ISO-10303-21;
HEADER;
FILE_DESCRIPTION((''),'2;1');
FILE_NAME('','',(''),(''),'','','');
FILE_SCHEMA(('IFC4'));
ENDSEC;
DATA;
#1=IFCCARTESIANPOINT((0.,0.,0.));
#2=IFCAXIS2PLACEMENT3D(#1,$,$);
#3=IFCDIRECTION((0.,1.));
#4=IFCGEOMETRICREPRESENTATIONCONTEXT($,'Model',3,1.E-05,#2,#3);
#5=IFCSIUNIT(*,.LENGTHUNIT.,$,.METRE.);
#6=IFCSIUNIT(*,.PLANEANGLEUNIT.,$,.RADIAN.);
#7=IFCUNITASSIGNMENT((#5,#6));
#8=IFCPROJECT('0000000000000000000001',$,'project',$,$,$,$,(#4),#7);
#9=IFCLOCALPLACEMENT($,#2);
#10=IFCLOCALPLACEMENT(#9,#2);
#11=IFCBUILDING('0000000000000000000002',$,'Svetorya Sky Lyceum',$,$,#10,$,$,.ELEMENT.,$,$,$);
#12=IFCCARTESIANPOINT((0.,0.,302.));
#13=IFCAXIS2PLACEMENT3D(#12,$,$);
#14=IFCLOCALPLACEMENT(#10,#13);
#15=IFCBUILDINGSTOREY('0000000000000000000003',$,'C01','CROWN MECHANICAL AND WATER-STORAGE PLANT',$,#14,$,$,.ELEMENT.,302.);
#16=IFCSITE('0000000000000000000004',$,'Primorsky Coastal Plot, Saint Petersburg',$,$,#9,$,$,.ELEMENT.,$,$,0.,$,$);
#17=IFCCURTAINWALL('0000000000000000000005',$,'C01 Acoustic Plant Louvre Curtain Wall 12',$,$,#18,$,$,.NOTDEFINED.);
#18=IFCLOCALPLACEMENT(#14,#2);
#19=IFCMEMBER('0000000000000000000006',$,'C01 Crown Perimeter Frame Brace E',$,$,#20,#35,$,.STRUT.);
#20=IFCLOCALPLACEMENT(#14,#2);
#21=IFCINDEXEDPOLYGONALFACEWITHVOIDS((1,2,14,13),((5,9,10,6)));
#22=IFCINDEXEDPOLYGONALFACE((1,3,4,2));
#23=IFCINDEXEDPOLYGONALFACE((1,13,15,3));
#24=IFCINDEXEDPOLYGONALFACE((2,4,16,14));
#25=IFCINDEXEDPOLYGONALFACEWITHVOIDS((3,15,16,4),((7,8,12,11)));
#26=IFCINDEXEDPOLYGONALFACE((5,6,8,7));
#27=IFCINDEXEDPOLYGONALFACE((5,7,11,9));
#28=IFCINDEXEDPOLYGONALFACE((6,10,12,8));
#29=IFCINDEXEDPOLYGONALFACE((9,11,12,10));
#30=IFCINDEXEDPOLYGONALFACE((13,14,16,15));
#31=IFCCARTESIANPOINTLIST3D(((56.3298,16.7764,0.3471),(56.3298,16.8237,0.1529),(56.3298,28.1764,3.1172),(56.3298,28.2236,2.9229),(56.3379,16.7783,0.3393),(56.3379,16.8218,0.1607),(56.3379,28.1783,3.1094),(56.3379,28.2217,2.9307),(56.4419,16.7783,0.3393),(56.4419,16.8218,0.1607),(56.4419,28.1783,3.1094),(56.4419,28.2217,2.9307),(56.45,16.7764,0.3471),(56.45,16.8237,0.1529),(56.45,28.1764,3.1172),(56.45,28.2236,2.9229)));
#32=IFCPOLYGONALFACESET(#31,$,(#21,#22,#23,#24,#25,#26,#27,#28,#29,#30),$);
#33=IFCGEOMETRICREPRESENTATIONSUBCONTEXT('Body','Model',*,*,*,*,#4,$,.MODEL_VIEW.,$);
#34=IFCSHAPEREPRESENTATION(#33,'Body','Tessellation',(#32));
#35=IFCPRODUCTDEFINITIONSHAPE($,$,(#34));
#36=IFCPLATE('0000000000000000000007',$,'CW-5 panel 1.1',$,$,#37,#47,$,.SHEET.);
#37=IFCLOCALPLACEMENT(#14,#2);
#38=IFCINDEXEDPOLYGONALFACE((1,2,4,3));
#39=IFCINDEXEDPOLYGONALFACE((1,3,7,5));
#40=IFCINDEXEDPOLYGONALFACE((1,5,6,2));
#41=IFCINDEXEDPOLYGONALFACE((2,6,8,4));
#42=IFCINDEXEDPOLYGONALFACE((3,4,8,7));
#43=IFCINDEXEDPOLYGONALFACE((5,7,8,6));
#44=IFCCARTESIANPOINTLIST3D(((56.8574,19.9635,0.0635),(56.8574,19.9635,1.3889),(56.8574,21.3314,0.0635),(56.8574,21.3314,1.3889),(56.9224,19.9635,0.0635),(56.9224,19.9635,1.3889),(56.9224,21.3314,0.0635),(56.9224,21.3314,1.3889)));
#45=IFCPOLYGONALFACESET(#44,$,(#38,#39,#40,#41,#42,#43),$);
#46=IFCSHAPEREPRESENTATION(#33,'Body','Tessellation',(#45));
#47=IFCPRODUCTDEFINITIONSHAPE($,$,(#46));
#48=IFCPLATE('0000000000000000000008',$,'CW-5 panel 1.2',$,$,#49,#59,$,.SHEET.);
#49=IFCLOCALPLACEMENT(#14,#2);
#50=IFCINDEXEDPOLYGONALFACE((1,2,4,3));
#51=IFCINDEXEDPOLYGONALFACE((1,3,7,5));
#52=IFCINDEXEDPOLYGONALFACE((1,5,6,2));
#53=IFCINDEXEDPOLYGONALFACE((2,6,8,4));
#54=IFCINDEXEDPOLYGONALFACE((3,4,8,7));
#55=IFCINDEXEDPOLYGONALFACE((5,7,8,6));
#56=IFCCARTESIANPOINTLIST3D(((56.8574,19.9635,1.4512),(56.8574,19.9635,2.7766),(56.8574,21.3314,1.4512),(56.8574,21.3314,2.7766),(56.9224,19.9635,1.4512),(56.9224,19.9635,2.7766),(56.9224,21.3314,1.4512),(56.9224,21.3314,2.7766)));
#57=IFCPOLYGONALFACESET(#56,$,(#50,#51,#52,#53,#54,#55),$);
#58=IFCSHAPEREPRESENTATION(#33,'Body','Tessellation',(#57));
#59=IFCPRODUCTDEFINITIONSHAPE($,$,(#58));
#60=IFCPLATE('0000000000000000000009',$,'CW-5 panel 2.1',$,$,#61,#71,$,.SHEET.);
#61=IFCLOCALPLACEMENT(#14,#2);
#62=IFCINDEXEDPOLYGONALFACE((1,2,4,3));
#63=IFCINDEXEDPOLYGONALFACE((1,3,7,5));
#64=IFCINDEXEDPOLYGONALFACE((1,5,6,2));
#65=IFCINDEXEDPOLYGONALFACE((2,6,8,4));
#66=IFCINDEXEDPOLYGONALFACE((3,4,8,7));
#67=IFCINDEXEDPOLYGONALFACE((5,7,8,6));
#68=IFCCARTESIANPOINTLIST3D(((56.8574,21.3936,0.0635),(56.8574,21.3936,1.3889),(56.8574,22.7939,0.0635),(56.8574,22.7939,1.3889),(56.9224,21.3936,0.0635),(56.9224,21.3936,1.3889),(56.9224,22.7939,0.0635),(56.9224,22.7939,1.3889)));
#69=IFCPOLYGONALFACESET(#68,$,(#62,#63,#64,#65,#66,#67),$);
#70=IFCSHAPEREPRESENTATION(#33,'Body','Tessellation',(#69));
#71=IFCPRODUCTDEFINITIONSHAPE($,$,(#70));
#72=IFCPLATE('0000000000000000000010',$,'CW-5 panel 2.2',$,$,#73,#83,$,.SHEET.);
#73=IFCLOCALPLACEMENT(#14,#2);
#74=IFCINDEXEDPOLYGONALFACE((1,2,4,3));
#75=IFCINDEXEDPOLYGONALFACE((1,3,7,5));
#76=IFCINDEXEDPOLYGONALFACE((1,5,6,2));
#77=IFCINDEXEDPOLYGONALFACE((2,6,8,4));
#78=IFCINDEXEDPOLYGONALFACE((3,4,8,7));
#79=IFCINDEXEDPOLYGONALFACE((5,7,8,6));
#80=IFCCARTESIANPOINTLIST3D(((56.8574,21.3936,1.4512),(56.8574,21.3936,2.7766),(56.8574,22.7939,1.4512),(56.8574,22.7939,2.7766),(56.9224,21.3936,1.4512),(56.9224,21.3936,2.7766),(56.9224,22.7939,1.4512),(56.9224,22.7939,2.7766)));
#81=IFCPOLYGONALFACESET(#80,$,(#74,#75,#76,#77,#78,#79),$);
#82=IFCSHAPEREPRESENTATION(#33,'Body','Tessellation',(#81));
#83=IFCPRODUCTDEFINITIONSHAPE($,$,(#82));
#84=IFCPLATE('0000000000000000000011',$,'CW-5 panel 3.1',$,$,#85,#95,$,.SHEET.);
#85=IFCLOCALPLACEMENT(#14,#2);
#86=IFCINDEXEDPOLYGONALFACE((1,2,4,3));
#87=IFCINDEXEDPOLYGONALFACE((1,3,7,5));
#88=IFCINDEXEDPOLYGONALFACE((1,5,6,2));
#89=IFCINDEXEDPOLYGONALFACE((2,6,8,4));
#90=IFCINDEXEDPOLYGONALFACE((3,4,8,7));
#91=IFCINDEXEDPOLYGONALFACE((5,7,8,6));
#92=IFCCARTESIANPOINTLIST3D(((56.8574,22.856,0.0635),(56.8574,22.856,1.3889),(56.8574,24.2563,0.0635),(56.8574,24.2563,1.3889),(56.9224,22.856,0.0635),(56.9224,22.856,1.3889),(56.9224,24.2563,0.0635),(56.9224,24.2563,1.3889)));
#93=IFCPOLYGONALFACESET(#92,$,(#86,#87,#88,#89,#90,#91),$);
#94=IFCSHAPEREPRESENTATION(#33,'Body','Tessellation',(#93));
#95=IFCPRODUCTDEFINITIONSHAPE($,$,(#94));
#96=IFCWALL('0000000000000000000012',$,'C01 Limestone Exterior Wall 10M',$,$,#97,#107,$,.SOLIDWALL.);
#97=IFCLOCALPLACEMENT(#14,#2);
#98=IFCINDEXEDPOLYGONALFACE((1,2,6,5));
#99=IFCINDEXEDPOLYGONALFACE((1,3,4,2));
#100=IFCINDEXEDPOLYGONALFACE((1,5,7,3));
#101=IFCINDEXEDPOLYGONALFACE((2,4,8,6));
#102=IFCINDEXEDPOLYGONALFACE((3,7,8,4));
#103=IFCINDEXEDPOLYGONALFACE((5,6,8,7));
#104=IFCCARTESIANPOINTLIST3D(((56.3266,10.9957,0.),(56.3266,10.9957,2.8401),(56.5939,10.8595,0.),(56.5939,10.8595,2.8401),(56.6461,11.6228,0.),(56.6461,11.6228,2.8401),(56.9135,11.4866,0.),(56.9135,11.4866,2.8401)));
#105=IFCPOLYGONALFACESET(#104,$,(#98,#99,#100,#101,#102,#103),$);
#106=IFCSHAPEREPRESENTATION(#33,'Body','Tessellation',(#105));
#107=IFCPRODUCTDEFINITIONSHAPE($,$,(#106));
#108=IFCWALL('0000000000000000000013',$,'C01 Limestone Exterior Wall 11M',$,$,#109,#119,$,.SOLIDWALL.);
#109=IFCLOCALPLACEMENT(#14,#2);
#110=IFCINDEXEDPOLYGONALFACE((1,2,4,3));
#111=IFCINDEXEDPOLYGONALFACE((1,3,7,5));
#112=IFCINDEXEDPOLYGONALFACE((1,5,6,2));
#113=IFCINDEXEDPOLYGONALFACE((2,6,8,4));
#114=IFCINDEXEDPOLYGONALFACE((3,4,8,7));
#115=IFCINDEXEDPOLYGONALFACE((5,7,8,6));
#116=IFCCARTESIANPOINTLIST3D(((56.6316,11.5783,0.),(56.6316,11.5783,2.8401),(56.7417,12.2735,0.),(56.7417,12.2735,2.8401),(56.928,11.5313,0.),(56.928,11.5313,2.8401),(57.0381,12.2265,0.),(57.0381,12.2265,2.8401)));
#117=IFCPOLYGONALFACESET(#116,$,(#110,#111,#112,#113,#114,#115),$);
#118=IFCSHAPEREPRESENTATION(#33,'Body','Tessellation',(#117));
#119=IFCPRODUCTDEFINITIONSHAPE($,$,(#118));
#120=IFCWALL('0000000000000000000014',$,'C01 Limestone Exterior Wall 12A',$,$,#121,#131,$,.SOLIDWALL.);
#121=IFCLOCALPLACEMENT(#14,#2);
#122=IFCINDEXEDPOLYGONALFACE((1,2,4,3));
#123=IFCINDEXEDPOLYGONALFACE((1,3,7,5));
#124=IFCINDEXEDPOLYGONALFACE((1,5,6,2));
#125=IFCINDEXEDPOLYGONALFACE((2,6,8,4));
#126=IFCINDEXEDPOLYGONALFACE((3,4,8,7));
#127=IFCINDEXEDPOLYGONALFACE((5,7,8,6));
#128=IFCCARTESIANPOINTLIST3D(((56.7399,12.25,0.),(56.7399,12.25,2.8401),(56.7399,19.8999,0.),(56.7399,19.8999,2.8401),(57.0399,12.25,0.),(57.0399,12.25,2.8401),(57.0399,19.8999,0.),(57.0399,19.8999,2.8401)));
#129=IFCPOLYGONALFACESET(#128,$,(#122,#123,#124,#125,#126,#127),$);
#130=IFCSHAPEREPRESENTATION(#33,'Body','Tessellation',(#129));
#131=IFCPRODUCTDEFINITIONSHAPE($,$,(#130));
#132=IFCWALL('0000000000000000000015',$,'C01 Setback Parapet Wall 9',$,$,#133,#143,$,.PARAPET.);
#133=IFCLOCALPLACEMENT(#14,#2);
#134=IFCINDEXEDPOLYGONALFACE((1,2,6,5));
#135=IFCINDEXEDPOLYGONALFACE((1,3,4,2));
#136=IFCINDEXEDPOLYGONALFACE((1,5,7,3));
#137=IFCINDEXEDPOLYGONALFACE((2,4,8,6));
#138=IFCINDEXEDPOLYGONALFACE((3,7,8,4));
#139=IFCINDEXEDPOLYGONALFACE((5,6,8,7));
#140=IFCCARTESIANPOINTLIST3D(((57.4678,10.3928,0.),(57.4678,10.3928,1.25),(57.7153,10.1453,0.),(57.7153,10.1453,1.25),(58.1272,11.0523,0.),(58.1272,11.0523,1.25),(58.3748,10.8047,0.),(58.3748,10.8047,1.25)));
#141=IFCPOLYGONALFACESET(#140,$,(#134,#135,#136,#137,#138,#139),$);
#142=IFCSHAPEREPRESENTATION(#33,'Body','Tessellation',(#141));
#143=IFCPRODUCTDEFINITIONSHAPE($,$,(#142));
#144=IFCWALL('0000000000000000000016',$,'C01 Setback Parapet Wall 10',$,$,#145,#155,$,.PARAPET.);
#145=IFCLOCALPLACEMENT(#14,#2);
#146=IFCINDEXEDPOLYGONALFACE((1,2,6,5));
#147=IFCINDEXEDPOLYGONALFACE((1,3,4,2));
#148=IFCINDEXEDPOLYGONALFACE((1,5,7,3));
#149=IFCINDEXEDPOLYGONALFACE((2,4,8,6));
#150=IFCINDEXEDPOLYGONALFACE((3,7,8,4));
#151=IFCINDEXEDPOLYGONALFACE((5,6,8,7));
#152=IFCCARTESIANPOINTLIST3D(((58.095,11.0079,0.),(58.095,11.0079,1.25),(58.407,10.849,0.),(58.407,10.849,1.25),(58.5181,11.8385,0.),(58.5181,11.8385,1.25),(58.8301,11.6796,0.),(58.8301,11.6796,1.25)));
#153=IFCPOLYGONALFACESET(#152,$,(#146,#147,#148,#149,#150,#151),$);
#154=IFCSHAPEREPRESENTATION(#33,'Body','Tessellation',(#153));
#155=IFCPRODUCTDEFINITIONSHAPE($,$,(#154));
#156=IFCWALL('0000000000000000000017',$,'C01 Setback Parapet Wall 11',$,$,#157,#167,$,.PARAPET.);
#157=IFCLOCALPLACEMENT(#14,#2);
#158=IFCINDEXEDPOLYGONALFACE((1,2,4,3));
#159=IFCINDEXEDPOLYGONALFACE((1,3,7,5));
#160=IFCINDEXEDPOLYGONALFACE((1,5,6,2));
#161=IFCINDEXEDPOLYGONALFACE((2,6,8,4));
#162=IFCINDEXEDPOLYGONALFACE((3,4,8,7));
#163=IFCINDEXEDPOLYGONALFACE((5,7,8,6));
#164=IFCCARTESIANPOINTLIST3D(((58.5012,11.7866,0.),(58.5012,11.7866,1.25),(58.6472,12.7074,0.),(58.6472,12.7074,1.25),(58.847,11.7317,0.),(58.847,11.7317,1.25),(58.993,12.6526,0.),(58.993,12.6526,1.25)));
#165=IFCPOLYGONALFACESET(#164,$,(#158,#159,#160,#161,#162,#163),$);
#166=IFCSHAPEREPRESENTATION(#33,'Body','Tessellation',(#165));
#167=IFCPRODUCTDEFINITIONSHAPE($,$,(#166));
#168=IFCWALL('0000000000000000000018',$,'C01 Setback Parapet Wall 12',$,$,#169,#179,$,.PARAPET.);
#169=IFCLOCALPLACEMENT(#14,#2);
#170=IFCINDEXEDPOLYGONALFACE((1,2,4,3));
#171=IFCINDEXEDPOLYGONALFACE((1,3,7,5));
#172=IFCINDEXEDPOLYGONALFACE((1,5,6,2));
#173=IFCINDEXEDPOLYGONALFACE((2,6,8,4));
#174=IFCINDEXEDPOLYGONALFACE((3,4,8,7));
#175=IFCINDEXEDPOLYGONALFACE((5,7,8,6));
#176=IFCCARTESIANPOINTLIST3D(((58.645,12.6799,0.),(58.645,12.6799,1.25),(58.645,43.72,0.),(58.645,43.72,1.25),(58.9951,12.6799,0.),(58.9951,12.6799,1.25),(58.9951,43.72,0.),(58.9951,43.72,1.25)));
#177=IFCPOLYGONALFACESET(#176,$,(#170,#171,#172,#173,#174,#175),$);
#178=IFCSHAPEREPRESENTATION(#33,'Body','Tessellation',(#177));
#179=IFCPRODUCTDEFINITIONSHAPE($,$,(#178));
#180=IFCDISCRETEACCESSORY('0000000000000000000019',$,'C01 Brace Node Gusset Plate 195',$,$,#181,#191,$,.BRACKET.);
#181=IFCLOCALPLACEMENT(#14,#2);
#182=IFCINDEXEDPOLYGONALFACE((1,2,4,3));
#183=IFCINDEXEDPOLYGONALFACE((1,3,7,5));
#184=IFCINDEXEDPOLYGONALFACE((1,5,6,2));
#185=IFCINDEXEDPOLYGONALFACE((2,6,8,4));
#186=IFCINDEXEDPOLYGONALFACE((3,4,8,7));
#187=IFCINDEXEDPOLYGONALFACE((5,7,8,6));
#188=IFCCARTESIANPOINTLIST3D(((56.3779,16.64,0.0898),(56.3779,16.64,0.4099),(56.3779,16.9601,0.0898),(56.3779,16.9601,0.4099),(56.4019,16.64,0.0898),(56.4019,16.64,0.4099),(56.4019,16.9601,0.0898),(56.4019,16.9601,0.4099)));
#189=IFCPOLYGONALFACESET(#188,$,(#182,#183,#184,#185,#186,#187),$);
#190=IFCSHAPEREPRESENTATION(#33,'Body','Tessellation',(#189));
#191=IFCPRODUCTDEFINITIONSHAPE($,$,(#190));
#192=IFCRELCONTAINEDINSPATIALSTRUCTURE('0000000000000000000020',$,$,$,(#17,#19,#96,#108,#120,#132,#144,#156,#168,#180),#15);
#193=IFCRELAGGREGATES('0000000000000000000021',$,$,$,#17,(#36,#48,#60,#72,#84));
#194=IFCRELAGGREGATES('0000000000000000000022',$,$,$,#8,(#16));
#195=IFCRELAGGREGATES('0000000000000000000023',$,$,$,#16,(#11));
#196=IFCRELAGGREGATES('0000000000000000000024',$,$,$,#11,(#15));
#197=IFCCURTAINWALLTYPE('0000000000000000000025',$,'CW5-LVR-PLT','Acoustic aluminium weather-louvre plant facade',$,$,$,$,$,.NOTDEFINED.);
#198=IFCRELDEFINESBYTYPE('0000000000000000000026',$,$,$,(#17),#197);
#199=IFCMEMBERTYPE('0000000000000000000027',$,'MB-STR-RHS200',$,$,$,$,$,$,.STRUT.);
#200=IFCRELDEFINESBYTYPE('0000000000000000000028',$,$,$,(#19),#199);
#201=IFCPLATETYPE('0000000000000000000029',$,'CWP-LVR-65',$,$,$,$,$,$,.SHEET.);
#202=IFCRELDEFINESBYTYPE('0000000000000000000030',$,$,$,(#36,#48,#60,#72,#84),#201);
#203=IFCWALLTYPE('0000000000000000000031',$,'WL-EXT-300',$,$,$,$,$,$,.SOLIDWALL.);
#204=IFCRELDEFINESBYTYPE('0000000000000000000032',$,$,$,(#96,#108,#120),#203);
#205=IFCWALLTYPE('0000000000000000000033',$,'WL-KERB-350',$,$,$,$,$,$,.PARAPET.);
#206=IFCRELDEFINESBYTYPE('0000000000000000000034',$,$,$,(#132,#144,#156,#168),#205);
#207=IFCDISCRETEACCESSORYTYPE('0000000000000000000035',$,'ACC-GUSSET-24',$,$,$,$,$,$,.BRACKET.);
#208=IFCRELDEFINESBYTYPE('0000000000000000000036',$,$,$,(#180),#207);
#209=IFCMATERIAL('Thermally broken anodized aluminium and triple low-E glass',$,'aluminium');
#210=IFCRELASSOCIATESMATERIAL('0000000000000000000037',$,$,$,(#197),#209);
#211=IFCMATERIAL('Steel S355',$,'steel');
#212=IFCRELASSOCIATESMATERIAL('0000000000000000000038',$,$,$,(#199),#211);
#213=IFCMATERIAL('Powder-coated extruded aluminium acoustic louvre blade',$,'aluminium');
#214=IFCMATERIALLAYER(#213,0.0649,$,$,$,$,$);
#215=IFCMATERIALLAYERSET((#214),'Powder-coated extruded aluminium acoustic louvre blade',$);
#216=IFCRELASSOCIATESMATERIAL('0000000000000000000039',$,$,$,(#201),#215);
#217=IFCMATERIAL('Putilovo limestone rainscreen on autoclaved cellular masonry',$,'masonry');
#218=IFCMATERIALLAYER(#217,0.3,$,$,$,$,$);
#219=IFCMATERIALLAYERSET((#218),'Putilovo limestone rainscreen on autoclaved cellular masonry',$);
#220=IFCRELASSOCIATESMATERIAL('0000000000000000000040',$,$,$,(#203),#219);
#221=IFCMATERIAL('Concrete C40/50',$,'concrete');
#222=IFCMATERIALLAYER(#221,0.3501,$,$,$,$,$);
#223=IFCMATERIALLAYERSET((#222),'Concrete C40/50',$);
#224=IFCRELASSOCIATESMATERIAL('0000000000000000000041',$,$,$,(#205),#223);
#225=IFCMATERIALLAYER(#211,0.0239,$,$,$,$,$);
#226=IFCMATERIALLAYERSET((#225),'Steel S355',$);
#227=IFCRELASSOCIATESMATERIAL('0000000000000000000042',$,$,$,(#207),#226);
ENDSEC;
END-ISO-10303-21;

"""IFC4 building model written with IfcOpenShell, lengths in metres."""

from ifc_helpers import new_model, si_unit, direction, frame, frame_2d, origin, origin_2d, place, context, subcontext, project, spatial, rectangle, hollow_rectangle, extrude, material, layer, layer_set, material_profile, profile_set, type_object, element, aggregate, save


model = new_model("IFC4")

# Units and contexts
model_context = context("Model", 3, precision=1e-05, world=origin(), true_north=direction((0.0, 1.0)))
body_context = subcontext(model_context, "Body", "Model", "MODEL_VIEW")
ifc_project = project(units=[si_unit("LENGTHUNIT", "METRE"), si_unit("PLANEANGLEUNIT", "RADIAN")], contexts=[model_context])

# Site, building, storey
site_placement = place(None, origin())
site = spatial("IfcSite", under=ifc_project, at=site_placement, Name="Primorsky Coastal Plot, Saint Petersburg", CompositionType="ELEMENT", RefElevation=0.0)
building_placement = place(site_placement, origin())
building = spatial("IfcBuilding", under=site, at=building_placement, Name="Svetorya Sky Lyceum", CompositionType="ELEMENT")
storey_placement = place(building_placement, frame((0.0, 0.0, 302.0)))
storey = spatial("IfcBuildingStorey", under=building, at=storey_placement, Name="C01", Description="CROWN MECHANICAL AND WATER-STORAGE PLANT", CompositionType="ELEMENT", Elevation=302.0)

# Shared definitions
ifc_material_1 = material(Name="Steel S355", Category="steel")

# Curtain wall
ifc_material_2 = material(Name="Thermally broken anodized aluminium and triple low-E glass", Category="aluminium")
curtain_wall_type = type_object("IfcCurtainWallType", Name="CW5-LVR-PLT", Description="Acoustic aluminium weather-louvre plant facade", PredefinedType="NOTDEFINED", material=ifc_material_2)
curtain_wall_placement = place(storey_placement, origin())
curtain_wall = element("IfcCurtainWall", 1, at=curtain_wall_placement, inside=storey, type_object=curtain_wall_type, Name="C01 Acoustic Plant Louvre Curtain Wall 12", PredefinedType="NOTDEFINED")

# Member
ifc_material_profile_1 = material_profile(ifc_material_1, hollow_rectangle(XDim=0.1201, YDim=0.2, WallThickness=0.0081, at=origin_2d()), Name="RHS 200x120x8")
ifc_profile_set_1 = profile_set([ifc_material_profile_1], Name="Steel S355")
member_type_1 = type_object("IfcMemberType", Name="MB-STR-RHS200", PredefinedType="STRUT", material=ifc_profile_set_1)
member_1_placement = place(storey_placement, frame((56.3899, 16.8, 0.25), z_axis=(0.0, 0.971725, 0.236116), x_axis=(-1.0, 0.0, 0.0)))
element("IfcMember", 2, at=member_1_placement, inside=storey, type_object=member_type_1, Name="C01 Crown Perimeter Frame Brace E", PredefinedType="STRUT", context=body_context, shape_type="SweptSolid", body=[
    extrude(hollow_rectangle(XDim=0.1201, YDim=0.2, WallThickness=0.0081, at=origin_2d()), origin(), (0.0, 0.0, 1.0), 11.7317),
])

# Plates
ifc_material_3 = material(Name="Powder-coated extruded aluminium acoustic louvre blade", Category="aluminium")
ifc_layer_1 = layer(ifc_material_3, 0.0649)
ifc_layer_set_1 = layer_set([ifc_layer_1], Name="Powder-coated extruded aluminium acoustic louvre blade")
plate_type = type_object("IfcPlateType", Name="CWP-LVR-65", PredefinedType="SHEET", material=ifc_layer_set_1)
plate_1_placement = place(storey_placement, frame((56.8899, 20.6475, 0.0635), z_axis=(0.0, 0.0, 1.0), x_axis=(0.0, 1.0, 0.0)))
plate_1 = element("IfcPlate", 3, at=plate_1_placement, type_object=plate_type, Name="CW-5 panel 1.1", PredefinedType="SHEET", context=body_context, shape_type="SweptSolid", body=[
    extrude(rectangle(XDim=1.3679, YDim=0.0649, at=origin_2d()), origin(), (0.0, 0.0, 1.0), 1.3254),
])
plate_2_placement = place(storey_placement, frame((56.8899, 20.6475, 1.4512), z_axis=(0.0, 0.0, 1.0), x_axis=(0.0, 1.0, 0.0)))
plate_2 = element("IfcPlate", 4, at=plate_2_placement, type_object=plate_type, Name="CW-5 panel 1.2", PredefinedType="SHEET", context=body_context, shape_type="SweptSolid", body=[
    extrude(rectangle(XDim=1.3679, YDim=0.0649, at=origin_2d()), origin(), (0.0, 0.0, 1.0), 1.3254),
])
plate_3_placement = place(storey_placement, frame((56.8899, 22.0938, 0.0635), z_axis=(0.0, 0.0, 1.0), x_axis=(0.0, 1.0, 0.0)))
plate_3 = element("IfcPlate", 5, at=plate_3_placement, type_object=plate_type, Name="CW-5 panel 2.1", PredefinedType="SHEET", context=body_context, shape_type="SweptSolid", body=[
    extrude(rectangle(XDim=1.4004, YDim=0.0649, at=origin_2d()), origin(), (0.0, 0.0, 1.0), 1.3254),
])
plate_4_placement = place(storey_placement, frame((56.8899, 22.0938, 1.4512), z_axis=(0.0, 0.0, 1.0), x_axis=(0.0, 1.0, 0.0)))
plate_4 = element("IfcPlate", 6, at=plate_4_placement, type_object=plate_type, Name="CW-5 panel 2.2", PredefinedType="SHEET", context=body_context, shape_type="SweptSolid", body=[
    extrude(rectangle(XDim=1.4004, YDim=0.0649, at=origin_2d()), origin(), (0.0, 0.0, 1.0), 1.3254),
])
plate_5_placement = place(storey_placement, frame((56.8899, 23.5562, 0.0635), z_axis=(0.0, 0.0, 1.0), x_axis=(0.0, 1.0, 0.0)))
plate_5 = element("IfcPlate", 7, at=plate_5_placement, type_object=plate_type, Name="CW-5 panel 3.1", PredefinedType="SHEET", context=body_context, shape_type="SweptSolid", body=[
    extrude(rectangle(XDim=1.4004, YDim=0.0649, at=origin_2d()), origin(), (0.0, 0.0, 1.0), 1.3254),
])
aggregate(curtain_wall, [plate_1, plate_2, plate_3, plate_4, plate_5])

# Walls
ifc_material_4 = material(Name="Putilovo limestone rainscreen on autoclaved cellular masonry", Category="masonry")
ifc_layer_2 = layer(ifc_material_4, 0.3)
ifc_layer_set_2 = layer_set([ifc_layer_2], Name="Putilovo limestone rainscreen on autoclaved cellular masonry")
wall_type_1 = type_object("IfcWallType", Name="WL-EXT-300", PredefinedType="SOLIDWALL", material=ifc_layer_set_2)
for number, where, z_axis, x_axis, name in (
    (8, (56.4602, 10.9275, 0.0), (0.0, 0.0, 1.0), (0.453999, 0.891002, 0.0), "C01 Limestone Exterior Wall 10M"),
    (9, (56.7798, 11.5547, 0.0), (0.0, 0.0, 1.0), (0.156408, 0.987693, 0.0), "C01 Limestone Exterior Wall 11M"),
):
    element("IfcWall", number, at=place(storey_placement, frame(where, z_axis=z_axis, x_axis=x_axis)), inside=storey, type_object=wall_type_1, Name=name, PredefinedType="SOLIDWALL", context=body_context, shape_type="SweptSolid", body=[
        extrude(rectangle(XDim=0.7039, YDim=0.3, at=frame_2d((0.3521, 0.0))), origin(), (0.0, 0.0, 1.0), 2.8401),
    ])
wall_1_placement = place(storey_placement, frame((56.8899, 12.25, 0.0), z_axis=(0.0, 0.0, 1.0), x_axis=(0.0, 1.0, 0.0)))
element("IfcWall", 10, at=wall_1_placement, inside=storey, type_object=wall_type_1, Name="C01 Limestone Exterior Wall 12A", PredefinedType="SOLIDWALL", context=body_context, shape_type="SweptSolid", body=[
    extrude(rectangle(XDim=7.6499, YDim=0.3, at=frame_2d((3.825, 0.0))), origin(), (0.0, 0.0, 1.0), 2.8401),
])
ifc_material_5 = material(Name="Concrete C40/50", Category="concrete")
ifc_layer_3 = layer(ifc_material_5, 0.3501)
ifc_layer_set_3 = layer_set([ifc_layer_3], Name="Concrete C40/50")
wall_type_2 = type_object("IfcWallType", Name="WL-KERB-350", PredefinedType="PARAPET", material=ifc_layer_set_3)
wall_2_placement = place(storey_placement, frame((57.5916, 10.269, 0.0), z_axis=(0.0, 0.0, 1.0), x_axis=(0.707107, 0.707107, 0.0)))
element("IfcWall", 11, at=wall_2_placement, inside=storey, type_object=wall_type_2, Name="C01 Setback Parapet Wall 9", PredefinedType="PARAPET", context=body_context, shape_type="SweptSolid", body=[
    extrude(rectangle(XDim=0.9326, YDim=0.3501, at=frame_2d((0.4663, 0.0))), origin(), (0.0, 0.0, 1.0), 1.25),
])
wall_3_placement = place(storey_placement, frame((58.251, 10.9285, 0.0), z_axis=(0.0, 0.0, 1.0), x_axis=(0.453906, 0.891049, 0.0)))
element("IfcWall", 12, at=wall_3_placement, inside=storey, type_object=wall_type_2, Name="C01 Setback Parapet Wall 10", PredefinedType="PARAPET", context=body_context, shape_type="SweptSolid", body=[
    extrude(rectangle(XDim=0.9321, YDim=0.3501, at=frame_2d((0.4661, 0.0))), origin(), (0.0, 0.0, 1.0), 1.25),
])
wall_4_placement = place(storey_placement, frame((58.6741, 11.759, 0.0), z_axis=(0.0, 0.0, 1.0), x_axis=(0.156581, 0.987665, 0.0)))
element("IfcWall", 13, at=wall_4_placement, inside=storey, type_object=wall_type_2, Name="C01 Setback Parapet Wall 11", PredefinedType="PARAPET", context=body_context, shape_type="SweptSolid", body=[
    extrude(rectangle(XDim=0.9324, YDim=0.3501, at=frame_2d((0.4663, 0.0))), origin(), (0.0, 0.0, 1.0), 1.25),
])
wall_5_placement = place(storey_placement, frame((58.8201, 12.6799, 0.0), z_axis=(0.0, 0.0, 1.0), x_axis=(0.0, 1.0, 0.0)))
element("IfcWall", 14, at=wall_5_placement, inside=storey, type_object=wall_type_2, Name="C01 Setback Parapet Wall 12", PredefinedType="PARAPET", context=body_context, shape_type="SweptSolid", body=[
    extrude(rectangle(XDim=31.04, YDim=0.3501, at=frame_2d((15.52, 0.0))), origin(), (0.0, 0.0, 1.0), 1.25),
])

# Discrete accessory
ifc_layer_4 = layer(ifc_material_1, 0.0239)
ifc_layer_set_4 = layer_set([ifc_layer_4], Name="Steel S355")
discrete_accessory_type = type_object("IfcDiscreteAccessoryType", Name="ACC-GUSSET-24", PredefinedType="BRACKET", material=ifc_layer_set_4)
discrete_accessory_placement = place(storey_placement, frame((56.3899, 16.8, 0.0898), z_axis=(0.0, 0.0, 1.0), x_axis=(1.0, 0.0, 0.0)))
element("IfcDiscreteAccessory", 15, at=discrete_accessory_placement, inside=storey, type_object=discrete_accessory_type, Name="C01 Brace Node Gusset Plate 195", PredefinedType="BRACKET", context=body_context, shape_type="SweptSolid", body=[
    extrude(rectangle(XDim=0.0239, YDim=0.3201, at=origin_2d()), origin(), (0.0, 0.0, 1.0), 0.3201),
])

save(model, "model.ifc")
